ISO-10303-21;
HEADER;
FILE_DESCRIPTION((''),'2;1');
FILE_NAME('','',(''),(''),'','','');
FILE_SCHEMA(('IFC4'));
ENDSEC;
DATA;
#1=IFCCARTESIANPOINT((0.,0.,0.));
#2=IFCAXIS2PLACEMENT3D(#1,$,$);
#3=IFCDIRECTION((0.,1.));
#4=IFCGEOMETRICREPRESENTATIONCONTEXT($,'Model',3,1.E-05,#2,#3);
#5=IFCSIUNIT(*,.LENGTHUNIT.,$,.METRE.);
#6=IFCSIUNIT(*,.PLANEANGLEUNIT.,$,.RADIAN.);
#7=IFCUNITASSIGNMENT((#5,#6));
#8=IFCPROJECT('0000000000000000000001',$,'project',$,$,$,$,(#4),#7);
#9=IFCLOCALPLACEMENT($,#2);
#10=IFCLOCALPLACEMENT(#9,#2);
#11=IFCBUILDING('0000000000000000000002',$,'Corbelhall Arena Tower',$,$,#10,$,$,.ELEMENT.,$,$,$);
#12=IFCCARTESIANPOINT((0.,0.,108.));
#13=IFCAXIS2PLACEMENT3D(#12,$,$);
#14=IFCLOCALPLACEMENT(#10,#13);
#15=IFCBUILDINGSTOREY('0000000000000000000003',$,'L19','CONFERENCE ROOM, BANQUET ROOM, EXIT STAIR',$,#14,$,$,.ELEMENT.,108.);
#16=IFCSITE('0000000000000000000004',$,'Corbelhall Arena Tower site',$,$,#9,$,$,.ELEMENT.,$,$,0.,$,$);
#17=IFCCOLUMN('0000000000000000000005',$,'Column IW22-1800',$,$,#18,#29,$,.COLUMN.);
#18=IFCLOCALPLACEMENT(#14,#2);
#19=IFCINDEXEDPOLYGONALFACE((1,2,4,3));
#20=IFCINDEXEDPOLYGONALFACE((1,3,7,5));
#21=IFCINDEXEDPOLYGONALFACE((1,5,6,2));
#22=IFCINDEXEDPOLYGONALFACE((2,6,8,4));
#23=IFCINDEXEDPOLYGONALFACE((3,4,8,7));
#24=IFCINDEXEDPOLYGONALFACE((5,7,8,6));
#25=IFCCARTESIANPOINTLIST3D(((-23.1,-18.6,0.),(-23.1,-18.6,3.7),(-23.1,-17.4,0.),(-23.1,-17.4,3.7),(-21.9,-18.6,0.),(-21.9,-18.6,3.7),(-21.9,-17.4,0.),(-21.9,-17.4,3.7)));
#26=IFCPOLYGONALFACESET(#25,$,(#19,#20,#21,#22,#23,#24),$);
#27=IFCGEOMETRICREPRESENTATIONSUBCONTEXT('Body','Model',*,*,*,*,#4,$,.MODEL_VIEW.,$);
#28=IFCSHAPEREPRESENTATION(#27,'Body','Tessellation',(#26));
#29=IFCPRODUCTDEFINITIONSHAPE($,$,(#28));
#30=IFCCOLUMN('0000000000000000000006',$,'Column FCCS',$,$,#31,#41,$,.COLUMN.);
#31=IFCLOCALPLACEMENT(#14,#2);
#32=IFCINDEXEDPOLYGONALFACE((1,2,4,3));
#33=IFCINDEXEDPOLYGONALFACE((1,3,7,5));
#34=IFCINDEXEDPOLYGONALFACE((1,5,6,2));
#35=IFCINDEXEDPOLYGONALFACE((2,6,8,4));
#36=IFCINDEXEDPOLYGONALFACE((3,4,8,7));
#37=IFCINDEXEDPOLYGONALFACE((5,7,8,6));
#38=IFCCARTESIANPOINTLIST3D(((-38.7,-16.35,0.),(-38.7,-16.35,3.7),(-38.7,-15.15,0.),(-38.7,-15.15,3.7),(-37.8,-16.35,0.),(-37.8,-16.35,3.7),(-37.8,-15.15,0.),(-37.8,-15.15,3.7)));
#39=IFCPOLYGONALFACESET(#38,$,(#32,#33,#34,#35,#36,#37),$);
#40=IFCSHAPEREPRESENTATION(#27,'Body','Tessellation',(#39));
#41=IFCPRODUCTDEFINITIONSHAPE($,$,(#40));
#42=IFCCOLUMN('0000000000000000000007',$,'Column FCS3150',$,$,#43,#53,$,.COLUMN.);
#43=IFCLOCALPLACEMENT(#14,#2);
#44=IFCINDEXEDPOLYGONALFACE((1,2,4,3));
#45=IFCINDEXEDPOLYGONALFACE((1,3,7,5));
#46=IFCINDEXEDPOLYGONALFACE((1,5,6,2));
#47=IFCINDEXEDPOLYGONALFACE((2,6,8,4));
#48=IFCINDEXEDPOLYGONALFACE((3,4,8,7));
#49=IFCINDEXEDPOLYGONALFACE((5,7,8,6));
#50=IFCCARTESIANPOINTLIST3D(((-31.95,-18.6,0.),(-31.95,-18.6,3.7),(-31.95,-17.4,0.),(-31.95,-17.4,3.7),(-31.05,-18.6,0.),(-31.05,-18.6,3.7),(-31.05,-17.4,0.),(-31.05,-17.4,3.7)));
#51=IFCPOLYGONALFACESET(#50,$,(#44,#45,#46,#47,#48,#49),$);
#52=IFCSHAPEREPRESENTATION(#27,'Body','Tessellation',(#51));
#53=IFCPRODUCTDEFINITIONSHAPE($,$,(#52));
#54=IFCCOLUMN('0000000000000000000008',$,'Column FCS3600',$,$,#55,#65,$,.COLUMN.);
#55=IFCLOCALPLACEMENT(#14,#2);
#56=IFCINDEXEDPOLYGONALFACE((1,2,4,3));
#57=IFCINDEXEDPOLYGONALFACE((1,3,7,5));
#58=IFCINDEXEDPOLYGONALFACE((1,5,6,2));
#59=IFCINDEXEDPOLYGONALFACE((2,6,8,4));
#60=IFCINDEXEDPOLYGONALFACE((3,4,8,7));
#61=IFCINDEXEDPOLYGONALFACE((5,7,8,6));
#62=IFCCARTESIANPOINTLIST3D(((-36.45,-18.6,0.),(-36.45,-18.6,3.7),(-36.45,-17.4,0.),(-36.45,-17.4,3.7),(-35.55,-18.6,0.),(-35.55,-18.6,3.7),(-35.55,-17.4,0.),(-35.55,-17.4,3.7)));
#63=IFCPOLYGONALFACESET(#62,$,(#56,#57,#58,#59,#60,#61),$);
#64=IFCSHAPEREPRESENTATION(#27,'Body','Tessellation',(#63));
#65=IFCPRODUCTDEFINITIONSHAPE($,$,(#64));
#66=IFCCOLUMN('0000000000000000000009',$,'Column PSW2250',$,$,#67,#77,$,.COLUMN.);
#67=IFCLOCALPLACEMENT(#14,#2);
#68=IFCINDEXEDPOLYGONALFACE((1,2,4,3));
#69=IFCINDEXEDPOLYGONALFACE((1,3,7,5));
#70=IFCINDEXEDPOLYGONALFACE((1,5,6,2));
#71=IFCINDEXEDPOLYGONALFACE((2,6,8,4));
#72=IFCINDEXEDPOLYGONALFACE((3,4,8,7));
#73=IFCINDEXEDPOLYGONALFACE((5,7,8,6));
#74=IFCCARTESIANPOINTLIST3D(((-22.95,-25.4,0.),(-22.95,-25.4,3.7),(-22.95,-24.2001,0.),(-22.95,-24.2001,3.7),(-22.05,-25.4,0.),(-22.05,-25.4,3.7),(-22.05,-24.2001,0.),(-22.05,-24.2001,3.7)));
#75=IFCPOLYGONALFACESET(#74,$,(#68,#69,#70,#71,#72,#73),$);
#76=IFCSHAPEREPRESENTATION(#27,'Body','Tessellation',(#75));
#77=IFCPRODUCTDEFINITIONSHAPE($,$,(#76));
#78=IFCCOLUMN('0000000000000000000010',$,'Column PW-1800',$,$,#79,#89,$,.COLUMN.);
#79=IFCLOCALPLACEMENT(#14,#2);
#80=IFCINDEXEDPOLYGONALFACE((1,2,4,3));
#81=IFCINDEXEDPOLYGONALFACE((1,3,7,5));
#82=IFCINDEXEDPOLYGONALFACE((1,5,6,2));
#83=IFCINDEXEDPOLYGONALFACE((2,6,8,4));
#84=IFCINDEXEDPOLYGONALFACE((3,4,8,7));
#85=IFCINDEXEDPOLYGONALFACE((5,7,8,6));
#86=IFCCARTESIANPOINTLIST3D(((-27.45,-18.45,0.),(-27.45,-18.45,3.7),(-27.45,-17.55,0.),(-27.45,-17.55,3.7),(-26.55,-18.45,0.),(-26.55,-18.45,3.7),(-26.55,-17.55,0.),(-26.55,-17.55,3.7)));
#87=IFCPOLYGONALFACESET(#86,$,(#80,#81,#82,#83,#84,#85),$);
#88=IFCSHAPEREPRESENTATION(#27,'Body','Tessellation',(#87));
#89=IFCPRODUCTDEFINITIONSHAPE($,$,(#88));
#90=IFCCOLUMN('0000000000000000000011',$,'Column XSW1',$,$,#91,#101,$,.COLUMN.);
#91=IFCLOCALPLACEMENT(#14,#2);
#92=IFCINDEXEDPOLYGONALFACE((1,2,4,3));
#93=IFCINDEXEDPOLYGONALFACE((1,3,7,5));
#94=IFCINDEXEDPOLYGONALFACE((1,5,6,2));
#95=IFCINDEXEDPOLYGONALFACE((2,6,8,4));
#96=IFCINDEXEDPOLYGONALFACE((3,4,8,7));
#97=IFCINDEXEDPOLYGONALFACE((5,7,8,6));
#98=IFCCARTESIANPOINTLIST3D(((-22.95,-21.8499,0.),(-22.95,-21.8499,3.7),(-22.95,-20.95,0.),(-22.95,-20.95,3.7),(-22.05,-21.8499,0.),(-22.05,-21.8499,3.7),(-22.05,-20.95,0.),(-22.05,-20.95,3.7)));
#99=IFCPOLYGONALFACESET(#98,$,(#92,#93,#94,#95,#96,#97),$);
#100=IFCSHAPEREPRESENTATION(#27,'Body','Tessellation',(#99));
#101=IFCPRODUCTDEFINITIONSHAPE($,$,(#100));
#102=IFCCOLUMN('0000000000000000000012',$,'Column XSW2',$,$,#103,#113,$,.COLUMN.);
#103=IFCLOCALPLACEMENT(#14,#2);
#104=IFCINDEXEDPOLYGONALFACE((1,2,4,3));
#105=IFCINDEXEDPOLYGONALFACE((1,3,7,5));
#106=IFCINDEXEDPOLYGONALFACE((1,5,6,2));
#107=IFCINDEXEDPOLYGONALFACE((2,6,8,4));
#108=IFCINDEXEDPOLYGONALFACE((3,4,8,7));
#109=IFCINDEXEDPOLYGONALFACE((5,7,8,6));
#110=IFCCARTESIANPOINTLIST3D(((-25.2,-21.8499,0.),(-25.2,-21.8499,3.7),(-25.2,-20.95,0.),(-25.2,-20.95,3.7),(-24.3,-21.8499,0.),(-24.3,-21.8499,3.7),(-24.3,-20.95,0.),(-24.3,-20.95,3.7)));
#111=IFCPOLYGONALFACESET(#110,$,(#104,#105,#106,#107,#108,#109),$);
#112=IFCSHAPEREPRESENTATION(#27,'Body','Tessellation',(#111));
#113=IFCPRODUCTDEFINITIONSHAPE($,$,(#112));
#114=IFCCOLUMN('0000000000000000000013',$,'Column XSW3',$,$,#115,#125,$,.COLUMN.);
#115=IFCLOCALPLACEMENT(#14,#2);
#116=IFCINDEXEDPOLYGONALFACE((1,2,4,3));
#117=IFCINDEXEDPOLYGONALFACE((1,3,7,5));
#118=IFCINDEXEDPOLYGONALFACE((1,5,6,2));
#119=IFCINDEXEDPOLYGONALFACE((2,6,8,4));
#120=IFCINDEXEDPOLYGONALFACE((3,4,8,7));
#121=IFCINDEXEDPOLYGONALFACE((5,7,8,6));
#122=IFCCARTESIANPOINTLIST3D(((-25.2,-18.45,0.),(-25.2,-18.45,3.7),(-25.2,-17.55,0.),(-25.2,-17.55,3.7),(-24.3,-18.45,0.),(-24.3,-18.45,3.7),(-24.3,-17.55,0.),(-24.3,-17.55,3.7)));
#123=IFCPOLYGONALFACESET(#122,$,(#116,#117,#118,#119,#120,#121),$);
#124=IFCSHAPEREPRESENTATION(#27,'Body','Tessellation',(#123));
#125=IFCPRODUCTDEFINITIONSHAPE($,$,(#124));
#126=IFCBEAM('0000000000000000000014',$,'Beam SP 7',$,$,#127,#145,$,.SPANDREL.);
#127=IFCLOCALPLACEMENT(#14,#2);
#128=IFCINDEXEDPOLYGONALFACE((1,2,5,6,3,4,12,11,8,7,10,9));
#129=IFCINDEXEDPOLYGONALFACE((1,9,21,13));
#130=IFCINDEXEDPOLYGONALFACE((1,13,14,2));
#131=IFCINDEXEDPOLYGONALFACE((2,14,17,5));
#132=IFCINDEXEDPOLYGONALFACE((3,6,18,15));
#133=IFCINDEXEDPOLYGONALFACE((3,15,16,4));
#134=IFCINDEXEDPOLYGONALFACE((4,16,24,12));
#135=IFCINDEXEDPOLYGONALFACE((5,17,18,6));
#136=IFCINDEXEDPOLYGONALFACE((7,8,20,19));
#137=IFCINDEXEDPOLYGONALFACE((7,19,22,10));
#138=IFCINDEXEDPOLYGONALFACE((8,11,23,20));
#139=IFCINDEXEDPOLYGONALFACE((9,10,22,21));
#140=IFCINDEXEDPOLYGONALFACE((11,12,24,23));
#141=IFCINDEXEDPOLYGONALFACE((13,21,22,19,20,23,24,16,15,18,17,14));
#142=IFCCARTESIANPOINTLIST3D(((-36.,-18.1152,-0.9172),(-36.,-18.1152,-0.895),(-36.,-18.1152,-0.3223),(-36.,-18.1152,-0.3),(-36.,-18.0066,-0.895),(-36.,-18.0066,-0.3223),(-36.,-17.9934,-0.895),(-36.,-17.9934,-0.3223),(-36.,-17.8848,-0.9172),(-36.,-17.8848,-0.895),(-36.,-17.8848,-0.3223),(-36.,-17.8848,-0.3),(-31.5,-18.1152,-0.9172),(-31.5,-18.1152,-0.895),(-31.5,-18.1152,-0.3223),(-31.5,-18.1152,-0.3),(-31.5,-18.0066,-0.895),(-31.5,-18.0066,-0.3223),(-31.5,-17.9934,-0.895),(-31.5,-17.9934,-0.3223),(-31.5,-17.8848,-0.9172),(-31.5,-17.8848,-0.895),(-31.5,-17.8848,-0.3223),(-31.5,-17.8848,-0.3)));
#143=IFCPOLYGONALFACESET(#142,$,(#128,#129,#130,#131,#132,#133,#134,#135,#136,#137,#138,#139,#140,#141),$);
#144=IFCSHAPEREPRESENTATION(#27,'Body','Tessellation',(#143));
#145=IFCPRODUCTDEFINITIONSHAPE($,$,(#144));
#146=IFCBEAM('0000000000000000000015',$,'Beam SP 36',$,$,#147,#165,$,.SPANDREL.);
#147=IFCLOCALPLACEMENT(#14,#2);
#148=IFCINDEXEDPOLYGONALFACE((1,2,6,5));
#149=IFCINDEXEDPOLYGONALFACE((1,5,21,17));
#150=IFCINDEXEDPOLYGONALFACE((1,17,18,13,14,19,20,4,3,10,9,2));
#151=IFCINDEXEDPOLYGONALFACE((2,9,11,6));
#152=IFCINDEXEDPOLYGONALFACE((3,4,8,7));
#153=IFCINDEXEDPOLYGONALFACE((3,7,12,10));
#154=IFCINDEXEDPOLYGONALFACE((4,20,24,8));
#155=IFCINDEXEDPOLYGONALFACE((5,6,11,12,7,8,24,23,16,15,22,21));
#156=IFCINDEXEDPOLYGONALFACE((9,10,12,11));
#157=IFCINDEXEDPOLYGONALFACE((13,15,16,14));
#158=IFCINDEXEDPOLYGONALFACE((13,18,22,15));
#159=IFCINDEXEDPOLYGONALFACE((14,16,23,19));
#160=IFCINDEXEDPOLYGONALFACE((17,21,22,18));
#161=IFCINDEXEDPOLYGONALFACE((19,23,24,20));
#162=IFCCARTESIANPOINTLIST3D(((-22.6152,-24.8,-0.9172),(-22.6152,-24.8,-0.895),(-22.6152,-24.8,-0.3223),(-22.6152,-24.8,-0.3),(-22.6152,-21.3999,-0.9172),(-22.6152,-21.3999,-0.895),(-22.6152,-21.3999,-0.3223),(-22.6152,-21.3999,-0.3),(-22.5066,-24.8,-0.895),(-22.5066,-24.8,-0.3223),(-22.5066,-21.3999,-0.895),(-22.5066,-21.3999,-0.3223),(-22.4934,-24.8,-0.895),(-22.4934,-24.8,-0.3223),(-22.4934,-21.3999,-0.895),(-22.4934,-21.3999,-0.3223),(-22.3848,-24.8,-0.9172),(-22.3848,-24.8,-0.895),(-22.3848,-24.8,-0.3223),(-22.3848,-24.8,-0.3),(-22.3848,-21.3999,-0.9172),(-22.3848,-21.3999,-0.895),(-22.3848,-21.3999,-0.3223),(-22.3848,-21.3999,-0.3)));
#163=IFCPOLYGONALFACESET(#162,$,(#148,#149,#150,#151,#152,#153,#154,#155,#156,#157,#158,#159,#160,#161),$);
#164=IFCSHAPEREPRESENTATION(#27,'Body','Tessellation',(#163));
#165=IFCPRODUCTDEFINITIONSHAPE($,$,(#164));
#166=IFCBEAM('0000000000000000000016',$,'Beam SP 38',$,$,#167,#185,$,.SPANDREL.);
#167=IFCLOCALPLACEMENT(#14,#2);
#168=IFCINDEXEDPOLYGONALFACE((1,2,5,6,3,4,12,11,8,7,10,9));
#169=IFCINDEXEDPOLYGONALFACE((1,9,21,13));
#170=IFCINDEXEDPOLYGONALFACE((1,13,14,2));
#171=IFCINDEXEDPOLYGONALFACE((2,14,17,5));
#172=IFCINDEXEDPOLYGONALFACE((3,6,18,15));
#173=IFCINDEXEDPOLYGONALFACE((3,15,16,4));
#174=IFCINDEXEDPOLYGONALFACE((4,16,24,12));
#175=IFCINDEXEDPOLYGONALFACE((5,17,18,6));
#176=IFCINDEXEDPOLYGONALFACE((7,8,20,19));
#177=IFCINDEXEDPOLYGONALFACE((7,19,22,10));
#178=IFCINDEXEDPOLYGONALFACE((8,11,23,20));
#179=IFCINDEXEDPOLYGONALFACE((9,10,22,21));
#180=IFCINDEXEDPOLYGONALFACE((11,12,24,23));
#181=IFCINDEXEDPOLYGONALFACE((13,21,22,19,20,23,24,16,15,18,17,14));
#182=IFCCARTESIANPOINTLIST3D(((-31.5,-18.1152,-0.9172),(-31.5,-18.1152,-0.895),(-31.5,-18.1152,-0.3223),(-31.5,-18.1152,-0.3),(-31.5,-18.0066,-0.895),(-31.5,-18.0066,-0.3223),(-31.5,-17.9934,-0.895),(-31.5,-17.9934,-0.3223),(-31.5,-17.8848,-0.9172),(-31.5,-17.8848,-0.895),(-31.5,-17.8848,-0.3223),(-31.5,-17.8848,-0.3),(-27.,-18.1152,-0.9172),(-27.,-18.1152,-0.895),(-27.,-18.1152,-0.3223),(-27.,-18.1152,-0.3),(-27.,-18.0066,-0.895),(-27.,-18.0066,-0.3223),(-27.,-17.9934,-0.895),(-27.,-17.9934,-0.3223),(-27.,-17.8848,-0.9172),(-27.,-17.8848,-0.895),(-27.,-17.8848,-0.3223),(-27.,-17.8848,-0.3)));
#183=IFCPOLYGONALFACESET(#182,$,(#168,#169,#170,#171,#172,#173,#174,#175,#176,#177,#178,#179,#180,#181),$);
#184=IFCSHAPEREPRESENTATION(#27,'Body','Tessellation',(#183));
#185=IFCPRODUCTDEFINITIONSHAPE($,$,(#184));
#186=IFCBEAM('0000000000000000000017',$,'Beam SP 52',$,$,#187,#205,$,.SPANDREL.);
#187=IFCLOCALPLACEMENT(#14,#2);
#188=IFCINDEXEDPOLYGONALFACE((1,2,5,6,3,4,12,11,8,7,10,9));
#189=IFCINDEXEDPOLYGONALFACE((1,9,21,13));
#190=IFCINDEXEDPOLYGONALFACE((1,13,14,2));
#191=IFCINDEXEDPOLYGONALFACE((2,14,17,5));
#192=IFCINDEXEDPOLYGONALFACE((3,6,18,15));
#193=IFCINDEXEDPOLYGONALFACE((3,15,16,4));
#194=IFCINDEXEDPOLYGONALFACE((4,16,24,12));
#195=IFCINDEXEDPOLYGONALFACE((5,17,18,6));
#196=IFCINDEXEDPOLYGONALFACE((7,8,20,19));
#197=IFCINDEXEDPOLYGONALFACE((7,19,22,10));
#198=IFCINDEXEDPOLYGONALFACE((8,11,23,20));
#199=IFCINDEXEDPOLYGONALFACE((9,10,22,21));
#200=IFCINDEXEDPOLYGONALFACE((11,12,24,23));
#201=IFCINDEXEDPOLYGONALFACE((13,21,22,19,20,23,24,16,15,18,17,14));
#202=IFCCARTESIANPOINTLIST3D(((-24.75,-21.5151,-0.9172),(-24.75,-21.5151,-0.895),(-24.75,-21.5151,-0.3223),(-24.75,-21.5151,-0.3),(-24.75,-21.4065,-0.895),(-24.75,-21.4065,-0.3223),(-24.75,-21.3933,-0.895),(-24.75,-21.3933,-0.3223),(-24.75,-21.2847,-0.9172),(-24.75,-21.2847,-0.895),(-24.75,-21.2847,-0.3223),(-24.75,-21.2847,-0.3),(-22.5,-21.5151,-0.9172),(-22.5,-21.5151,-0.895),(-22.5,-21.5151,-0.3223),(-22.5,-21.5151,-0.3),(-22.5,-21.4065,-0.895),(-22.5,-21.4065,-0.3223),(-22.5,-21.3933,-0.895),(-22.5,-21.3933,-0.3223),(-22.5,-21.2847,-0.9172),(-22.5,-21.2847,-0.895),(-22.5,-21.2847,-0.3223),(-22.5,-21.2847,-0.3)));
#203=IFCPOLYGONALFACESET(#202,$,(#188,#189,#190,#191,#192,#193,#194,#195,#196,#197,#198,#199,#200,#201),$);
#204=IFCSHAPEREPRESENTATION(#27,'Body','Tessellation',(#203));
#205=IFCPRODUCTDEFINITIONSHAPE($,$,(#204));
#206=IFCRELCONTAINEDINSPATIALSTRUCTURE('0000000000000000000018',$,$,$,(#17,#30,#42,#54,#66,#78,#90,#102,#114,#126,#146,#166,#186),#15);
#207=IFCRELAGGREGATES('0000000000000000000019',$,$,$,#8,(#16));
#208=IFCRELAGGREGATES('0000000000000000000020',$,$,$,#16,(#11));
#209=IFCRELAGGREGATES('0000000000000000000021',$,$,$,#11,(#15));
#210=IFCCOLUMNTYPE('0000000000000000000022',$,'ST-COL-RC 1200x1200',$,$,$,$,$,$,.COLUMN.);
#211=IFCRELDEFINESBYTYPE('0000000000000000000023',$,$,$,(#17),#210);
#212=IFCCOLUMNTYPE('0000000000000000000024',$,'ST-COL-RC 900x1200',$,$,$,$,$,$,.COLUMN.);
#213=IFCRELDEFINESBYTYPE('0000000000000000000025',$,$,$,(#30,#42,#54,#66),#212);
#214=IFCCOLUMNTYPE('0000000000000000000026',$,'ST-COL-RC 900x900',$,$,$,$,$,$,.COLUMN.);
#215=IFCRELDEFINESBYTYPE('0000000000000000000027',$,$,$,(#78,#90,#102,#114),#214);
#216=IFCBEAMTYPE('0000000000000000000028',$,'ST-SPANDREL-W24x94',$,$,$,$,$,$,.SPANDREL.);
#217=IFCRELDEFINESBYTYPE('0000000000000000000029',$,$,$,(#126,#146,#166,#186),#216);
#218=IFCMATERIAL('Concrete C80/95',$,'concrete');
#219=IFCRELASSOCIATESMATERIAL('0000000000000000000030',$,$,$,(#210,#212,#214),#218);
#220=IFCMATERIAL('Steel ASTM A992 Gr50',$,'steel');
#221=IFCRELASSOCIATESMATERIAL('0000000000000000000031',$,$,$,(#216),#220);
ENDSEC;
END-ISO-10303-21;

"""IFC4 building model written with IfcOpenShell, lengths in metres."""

from ifc_helpers import new_model, si_unit, direction, frame, origin, origin_2d, place, context, subcontext, project, spatial, rectangle, i_section, extrude, material, material_profile, profile_set, type_object, element, save


model = new_model("IFC4")

# Units and contexts
model_context = context("Model", 3, precision=1e-05, world=origin(), true_north=direction((0.0, 1.0)))
body_context = subcontext(model_context, "Body", "Model", "MODEL_VIEW")
ifc_project = project(units=[si_unit("LENGTHUNIT", "METRE"), si_unit("PLANEANGLEUNIT", "RADIAN")], contexts=[model_context])

# Site, building, storey
site_placement = place(None, origin())
site = spatial("IfcSite", under=ifc_project, at=site_placement, Name="Corbelhall Arena Tower site", CompositionType="ELEMENT", RefElevation=0.0)
building_placement = place(site_placement, origin())
building = spatial("IfcBuilding", under=site, at=building_placement, Name="Corbelhall Arena Tower", CompositionType="ELEMENT")
storey_placement = place(building_placement, frame((0.0, 0.0, 108.0)))
storey = spatial("IfcBuildingStorey", under=building, at=storey_placement, Name="L19", Description="CONFERENCE ROOM, BANQUET ROOM, EXIT STAIR", CompositionType="ELEMENT", Elevation=108.0)

# Columns
ifc_material_1 = material(Name="Concrete C80/95", Category="concrete")
ifc_material_profile_1 = material_profile(ifc_material_1, rectangle(XDim=1.2, YDim=1.2, at=origin_2d()))
ifc_profile_set_1 = profile_set([ifc_material_profile_1], Name="Concrete C80/95")
column_type_1 = type_object("IfcColumnType", Name="ST-COL-RC 1200x1200", PredefinedType="COLUMN", material=ifc_profile_set_1)
column_placement = place(storey_placement, frame((-22.5, -18.0, 0.0), z_axis=(0.0, 0.0, 1.0), x_axis=(1.0, 0.0, 0.0)))
element("IfcColumn", 1, at=column_placement, inside=storey, type_object=column_type_1, Name="Column IW22-1800", PredefinedType="COLUMN", context=body_context, shape_type="SweptSolid", body=[
    extrude(rectangle(XDim=1.2, YDim=1.2, at=origin_2d()), origin(), (0.0, 0.0, 1.0), 3.7),
])
ifc_material_profile_2 = material_profile(ifc_material_1, rectangle(XDim=0.8999, YDim=1.2, at=origin_2d()))
ifc_profile_set_2 = profile_set([ifc_material_profile_2], Name="Concrete C80/95")
column_type_2 = type_object("IfcColumnType", Name="ST-COL-RC 900x1200", PredefinedType="COLUMN", material=ifc_profile_set_2)
for number, where, z_axis, x_axis, name in (
    (2, (-38.25, -15.75, 0.0), (0.0, 0.0, 1.0), (1.0, 0.0, 0.0), "Column FCCS"),
    (3, (-31.5, -18.0, 0.0), (0.0, 0.0, 1.0), (1.0, 0.0, 0.0), "Column FCS3150"),
    (4, (-36.0, -18.0, 0.0), (0.0, 0.0, 1.0), (1.0, 0.0, 0.0), "Column FCS3600"),
    (5, (-22.5, -24.8, 0.0), (0.0, 0.0, 1.0), (1.0, 0.0, 0.0), "Column PSW2250"),
):
    element("IfcColumn", number, at=place(storey_placement, frame(where, z_axis=z_axis, x_axis=x_axis)), inside=storey, type_object=column_type_2, Name=name, PredefinedType="COLUMN", context=body_context, shape_type="SweptSolid", body=[
        extrude(rectangle(XDim=0.8999, YDim=1.2, at=origin_2d()), origin(), (0.0, 0.0, 1.0), 3.7),
    ])
ifc_material_profile_3 = material_profile(ifc_material_1, rectangle(XDim=0.8999, YDim=0.8999, at=origin_2d()))
ifc_profile_set_3 = profile_set([ifc_material_profile_3], Name="Concrete C80/95")
column_type_3 = type_object("IfcColumnType", Name="ST-COL-RC 900x900", PredefinedType="COLUMN", material=ifc_profile_set_3)
for number, where, z_axis, x_axis, name in (
    (6, (-27.0, -18.0, 0.0), (0.0, 0.0, 1.0), (1.0, 0.0, 0.0), "Column PW-1800"),
    (7, (-22.5, -21.3999, 0.0), (0.0, 0.0, 1.0), (1.0, 0.0, 0.0), "Column XSW1"),
    (8, (-24.75, -21.3999, 0.0), (0.0, 0.0, 1.0), (1.0, 0.0, 0.0), "Column XSW2"),
    (9, (-24.75, -18.0, 0.0), (0.0, 0.0, 1.0), (1.0, 0.0, 0.0), "Column XSW3"),
):
    element("IfcColumn", number, at=place(storey_placement, frame(where, z_axis=z_axis, x_axis=x_axis)), inside=storey, type_object=column_type_3, Name=name, PredefinedType="COLUMN", context=body_context, shape_type="SweptSolid", body=[
        extrude(rectangle(XDim=0.8999, YDim=0.8999, at=origin_2d()), origin(), (0.0, 0.0, 1.0), 3.7),
    ])

# Beams
ifc_material_2 = material(Name="Steel ASTM A992 Gr50", Category="steel")
ifc_material_profile_4 = material_profile(ifc_material_2, i_section(OverallWidth=0.2305, OverallDepth=0.6172, WebThickness=0.0132, FlangeThickness=0.0222, at=origin_2d()))
ifc_profile_set_4 = profile_set([ifc_material_profile_4], Name="Steel ASTM A992 Gr50")
beam_type = type_object("IfcBeamType", Name="ST-SPANDREL-W24x94", PredefinedType="SPANDREL", material=ifc_profile_set_4)
beam_1_placement = place(storey_placement, frame((-31.5, -18.0, -0.6086), z_axis=(-1.0, 0.0, 0.0), x_axis=(0.0, -1.0, 0.0)))
element("IfcBeam", 10, at=beam_1_placement, inside=storey, type_object=beam_type, Name="Beam SP 7", PredefinedType="SPANDREL", context=body_context, shape_type="SweptSolid", body=[
    extrude(i_section(OverallWidth=0.2305, OverallDepth=0.6172, WebThickness=0.0132, FlangeThickness=0.0222, at=origin_2d()), origin(), (0.0, 0.0, 1.0), 4.5),
])
beam_2_placement = place(storey_placement, frame((-22.5, -24.8, -0.6086), z_axis=(0.0, 1.0, 0.0), x_axis=(-1.0, 0.0, 0.0)))
element("IfcBeam", 11, at=beam_2_placement, inside=storey, type_object=beam_type, Name="Beam SP 36", PredefinedType="SPANDREL", context=body_context, shape_type="SweptSolid", body=[
    extrude(i_section(OverallWidth=0.2305, OverallDepth=0.6172, WebThickness=0.0132, FlangeThickness=0.0222, at=origin_2d()), origin(), (0.0, 0.0, 1.0), 3.4001),
])
beam_3_placement = place(storey_placement, frame((-27.0, -18.0, -0.6086), z_axis=(-1.0, 0.0, 0.0), x_axis=(0.0, -1.0, 0.0)))
element("IfcBeam", 12, at=beam_3_placement, inside=storey, type_object=beam_type, Name="Beam SP 38", PredefinedType="SPANDREL", context=body_context, shape_type="SweptSolid", body=[
    extrude(i_section(OverallWidth=0.2305, OverallDepth=0.6172, WebThickness=0.0132, FlangeThickness=0.0222, at=origin_2d()), origin(), (0.0, 0.0, 1.0), 4.5),
])
beam_4_placement = place(storey_placement, frame((-22.5, -21.3999, -0.6086), z_axis=(-1.0, 0.0, 0.0), x_axis=(0.0, -1.0, 0.0)))
element("IfcBeam", 13, at=beam_4_placement, inside=storey, type_object=beam_type, Name="Beam SP 52", PredefinedType="SPANDREL", context=body_context, shape_type="SweptSolid", body=[
    extrude(i_section(OverallWidth=0.2305, OverallDepth=0.6172, WebThickness=0.0132, FlangeThickness=0.0222, at=origin_2d()), origin(), (0.0, 0.0, 1.0), 2.25),
])

save(model, "model.ifc")
